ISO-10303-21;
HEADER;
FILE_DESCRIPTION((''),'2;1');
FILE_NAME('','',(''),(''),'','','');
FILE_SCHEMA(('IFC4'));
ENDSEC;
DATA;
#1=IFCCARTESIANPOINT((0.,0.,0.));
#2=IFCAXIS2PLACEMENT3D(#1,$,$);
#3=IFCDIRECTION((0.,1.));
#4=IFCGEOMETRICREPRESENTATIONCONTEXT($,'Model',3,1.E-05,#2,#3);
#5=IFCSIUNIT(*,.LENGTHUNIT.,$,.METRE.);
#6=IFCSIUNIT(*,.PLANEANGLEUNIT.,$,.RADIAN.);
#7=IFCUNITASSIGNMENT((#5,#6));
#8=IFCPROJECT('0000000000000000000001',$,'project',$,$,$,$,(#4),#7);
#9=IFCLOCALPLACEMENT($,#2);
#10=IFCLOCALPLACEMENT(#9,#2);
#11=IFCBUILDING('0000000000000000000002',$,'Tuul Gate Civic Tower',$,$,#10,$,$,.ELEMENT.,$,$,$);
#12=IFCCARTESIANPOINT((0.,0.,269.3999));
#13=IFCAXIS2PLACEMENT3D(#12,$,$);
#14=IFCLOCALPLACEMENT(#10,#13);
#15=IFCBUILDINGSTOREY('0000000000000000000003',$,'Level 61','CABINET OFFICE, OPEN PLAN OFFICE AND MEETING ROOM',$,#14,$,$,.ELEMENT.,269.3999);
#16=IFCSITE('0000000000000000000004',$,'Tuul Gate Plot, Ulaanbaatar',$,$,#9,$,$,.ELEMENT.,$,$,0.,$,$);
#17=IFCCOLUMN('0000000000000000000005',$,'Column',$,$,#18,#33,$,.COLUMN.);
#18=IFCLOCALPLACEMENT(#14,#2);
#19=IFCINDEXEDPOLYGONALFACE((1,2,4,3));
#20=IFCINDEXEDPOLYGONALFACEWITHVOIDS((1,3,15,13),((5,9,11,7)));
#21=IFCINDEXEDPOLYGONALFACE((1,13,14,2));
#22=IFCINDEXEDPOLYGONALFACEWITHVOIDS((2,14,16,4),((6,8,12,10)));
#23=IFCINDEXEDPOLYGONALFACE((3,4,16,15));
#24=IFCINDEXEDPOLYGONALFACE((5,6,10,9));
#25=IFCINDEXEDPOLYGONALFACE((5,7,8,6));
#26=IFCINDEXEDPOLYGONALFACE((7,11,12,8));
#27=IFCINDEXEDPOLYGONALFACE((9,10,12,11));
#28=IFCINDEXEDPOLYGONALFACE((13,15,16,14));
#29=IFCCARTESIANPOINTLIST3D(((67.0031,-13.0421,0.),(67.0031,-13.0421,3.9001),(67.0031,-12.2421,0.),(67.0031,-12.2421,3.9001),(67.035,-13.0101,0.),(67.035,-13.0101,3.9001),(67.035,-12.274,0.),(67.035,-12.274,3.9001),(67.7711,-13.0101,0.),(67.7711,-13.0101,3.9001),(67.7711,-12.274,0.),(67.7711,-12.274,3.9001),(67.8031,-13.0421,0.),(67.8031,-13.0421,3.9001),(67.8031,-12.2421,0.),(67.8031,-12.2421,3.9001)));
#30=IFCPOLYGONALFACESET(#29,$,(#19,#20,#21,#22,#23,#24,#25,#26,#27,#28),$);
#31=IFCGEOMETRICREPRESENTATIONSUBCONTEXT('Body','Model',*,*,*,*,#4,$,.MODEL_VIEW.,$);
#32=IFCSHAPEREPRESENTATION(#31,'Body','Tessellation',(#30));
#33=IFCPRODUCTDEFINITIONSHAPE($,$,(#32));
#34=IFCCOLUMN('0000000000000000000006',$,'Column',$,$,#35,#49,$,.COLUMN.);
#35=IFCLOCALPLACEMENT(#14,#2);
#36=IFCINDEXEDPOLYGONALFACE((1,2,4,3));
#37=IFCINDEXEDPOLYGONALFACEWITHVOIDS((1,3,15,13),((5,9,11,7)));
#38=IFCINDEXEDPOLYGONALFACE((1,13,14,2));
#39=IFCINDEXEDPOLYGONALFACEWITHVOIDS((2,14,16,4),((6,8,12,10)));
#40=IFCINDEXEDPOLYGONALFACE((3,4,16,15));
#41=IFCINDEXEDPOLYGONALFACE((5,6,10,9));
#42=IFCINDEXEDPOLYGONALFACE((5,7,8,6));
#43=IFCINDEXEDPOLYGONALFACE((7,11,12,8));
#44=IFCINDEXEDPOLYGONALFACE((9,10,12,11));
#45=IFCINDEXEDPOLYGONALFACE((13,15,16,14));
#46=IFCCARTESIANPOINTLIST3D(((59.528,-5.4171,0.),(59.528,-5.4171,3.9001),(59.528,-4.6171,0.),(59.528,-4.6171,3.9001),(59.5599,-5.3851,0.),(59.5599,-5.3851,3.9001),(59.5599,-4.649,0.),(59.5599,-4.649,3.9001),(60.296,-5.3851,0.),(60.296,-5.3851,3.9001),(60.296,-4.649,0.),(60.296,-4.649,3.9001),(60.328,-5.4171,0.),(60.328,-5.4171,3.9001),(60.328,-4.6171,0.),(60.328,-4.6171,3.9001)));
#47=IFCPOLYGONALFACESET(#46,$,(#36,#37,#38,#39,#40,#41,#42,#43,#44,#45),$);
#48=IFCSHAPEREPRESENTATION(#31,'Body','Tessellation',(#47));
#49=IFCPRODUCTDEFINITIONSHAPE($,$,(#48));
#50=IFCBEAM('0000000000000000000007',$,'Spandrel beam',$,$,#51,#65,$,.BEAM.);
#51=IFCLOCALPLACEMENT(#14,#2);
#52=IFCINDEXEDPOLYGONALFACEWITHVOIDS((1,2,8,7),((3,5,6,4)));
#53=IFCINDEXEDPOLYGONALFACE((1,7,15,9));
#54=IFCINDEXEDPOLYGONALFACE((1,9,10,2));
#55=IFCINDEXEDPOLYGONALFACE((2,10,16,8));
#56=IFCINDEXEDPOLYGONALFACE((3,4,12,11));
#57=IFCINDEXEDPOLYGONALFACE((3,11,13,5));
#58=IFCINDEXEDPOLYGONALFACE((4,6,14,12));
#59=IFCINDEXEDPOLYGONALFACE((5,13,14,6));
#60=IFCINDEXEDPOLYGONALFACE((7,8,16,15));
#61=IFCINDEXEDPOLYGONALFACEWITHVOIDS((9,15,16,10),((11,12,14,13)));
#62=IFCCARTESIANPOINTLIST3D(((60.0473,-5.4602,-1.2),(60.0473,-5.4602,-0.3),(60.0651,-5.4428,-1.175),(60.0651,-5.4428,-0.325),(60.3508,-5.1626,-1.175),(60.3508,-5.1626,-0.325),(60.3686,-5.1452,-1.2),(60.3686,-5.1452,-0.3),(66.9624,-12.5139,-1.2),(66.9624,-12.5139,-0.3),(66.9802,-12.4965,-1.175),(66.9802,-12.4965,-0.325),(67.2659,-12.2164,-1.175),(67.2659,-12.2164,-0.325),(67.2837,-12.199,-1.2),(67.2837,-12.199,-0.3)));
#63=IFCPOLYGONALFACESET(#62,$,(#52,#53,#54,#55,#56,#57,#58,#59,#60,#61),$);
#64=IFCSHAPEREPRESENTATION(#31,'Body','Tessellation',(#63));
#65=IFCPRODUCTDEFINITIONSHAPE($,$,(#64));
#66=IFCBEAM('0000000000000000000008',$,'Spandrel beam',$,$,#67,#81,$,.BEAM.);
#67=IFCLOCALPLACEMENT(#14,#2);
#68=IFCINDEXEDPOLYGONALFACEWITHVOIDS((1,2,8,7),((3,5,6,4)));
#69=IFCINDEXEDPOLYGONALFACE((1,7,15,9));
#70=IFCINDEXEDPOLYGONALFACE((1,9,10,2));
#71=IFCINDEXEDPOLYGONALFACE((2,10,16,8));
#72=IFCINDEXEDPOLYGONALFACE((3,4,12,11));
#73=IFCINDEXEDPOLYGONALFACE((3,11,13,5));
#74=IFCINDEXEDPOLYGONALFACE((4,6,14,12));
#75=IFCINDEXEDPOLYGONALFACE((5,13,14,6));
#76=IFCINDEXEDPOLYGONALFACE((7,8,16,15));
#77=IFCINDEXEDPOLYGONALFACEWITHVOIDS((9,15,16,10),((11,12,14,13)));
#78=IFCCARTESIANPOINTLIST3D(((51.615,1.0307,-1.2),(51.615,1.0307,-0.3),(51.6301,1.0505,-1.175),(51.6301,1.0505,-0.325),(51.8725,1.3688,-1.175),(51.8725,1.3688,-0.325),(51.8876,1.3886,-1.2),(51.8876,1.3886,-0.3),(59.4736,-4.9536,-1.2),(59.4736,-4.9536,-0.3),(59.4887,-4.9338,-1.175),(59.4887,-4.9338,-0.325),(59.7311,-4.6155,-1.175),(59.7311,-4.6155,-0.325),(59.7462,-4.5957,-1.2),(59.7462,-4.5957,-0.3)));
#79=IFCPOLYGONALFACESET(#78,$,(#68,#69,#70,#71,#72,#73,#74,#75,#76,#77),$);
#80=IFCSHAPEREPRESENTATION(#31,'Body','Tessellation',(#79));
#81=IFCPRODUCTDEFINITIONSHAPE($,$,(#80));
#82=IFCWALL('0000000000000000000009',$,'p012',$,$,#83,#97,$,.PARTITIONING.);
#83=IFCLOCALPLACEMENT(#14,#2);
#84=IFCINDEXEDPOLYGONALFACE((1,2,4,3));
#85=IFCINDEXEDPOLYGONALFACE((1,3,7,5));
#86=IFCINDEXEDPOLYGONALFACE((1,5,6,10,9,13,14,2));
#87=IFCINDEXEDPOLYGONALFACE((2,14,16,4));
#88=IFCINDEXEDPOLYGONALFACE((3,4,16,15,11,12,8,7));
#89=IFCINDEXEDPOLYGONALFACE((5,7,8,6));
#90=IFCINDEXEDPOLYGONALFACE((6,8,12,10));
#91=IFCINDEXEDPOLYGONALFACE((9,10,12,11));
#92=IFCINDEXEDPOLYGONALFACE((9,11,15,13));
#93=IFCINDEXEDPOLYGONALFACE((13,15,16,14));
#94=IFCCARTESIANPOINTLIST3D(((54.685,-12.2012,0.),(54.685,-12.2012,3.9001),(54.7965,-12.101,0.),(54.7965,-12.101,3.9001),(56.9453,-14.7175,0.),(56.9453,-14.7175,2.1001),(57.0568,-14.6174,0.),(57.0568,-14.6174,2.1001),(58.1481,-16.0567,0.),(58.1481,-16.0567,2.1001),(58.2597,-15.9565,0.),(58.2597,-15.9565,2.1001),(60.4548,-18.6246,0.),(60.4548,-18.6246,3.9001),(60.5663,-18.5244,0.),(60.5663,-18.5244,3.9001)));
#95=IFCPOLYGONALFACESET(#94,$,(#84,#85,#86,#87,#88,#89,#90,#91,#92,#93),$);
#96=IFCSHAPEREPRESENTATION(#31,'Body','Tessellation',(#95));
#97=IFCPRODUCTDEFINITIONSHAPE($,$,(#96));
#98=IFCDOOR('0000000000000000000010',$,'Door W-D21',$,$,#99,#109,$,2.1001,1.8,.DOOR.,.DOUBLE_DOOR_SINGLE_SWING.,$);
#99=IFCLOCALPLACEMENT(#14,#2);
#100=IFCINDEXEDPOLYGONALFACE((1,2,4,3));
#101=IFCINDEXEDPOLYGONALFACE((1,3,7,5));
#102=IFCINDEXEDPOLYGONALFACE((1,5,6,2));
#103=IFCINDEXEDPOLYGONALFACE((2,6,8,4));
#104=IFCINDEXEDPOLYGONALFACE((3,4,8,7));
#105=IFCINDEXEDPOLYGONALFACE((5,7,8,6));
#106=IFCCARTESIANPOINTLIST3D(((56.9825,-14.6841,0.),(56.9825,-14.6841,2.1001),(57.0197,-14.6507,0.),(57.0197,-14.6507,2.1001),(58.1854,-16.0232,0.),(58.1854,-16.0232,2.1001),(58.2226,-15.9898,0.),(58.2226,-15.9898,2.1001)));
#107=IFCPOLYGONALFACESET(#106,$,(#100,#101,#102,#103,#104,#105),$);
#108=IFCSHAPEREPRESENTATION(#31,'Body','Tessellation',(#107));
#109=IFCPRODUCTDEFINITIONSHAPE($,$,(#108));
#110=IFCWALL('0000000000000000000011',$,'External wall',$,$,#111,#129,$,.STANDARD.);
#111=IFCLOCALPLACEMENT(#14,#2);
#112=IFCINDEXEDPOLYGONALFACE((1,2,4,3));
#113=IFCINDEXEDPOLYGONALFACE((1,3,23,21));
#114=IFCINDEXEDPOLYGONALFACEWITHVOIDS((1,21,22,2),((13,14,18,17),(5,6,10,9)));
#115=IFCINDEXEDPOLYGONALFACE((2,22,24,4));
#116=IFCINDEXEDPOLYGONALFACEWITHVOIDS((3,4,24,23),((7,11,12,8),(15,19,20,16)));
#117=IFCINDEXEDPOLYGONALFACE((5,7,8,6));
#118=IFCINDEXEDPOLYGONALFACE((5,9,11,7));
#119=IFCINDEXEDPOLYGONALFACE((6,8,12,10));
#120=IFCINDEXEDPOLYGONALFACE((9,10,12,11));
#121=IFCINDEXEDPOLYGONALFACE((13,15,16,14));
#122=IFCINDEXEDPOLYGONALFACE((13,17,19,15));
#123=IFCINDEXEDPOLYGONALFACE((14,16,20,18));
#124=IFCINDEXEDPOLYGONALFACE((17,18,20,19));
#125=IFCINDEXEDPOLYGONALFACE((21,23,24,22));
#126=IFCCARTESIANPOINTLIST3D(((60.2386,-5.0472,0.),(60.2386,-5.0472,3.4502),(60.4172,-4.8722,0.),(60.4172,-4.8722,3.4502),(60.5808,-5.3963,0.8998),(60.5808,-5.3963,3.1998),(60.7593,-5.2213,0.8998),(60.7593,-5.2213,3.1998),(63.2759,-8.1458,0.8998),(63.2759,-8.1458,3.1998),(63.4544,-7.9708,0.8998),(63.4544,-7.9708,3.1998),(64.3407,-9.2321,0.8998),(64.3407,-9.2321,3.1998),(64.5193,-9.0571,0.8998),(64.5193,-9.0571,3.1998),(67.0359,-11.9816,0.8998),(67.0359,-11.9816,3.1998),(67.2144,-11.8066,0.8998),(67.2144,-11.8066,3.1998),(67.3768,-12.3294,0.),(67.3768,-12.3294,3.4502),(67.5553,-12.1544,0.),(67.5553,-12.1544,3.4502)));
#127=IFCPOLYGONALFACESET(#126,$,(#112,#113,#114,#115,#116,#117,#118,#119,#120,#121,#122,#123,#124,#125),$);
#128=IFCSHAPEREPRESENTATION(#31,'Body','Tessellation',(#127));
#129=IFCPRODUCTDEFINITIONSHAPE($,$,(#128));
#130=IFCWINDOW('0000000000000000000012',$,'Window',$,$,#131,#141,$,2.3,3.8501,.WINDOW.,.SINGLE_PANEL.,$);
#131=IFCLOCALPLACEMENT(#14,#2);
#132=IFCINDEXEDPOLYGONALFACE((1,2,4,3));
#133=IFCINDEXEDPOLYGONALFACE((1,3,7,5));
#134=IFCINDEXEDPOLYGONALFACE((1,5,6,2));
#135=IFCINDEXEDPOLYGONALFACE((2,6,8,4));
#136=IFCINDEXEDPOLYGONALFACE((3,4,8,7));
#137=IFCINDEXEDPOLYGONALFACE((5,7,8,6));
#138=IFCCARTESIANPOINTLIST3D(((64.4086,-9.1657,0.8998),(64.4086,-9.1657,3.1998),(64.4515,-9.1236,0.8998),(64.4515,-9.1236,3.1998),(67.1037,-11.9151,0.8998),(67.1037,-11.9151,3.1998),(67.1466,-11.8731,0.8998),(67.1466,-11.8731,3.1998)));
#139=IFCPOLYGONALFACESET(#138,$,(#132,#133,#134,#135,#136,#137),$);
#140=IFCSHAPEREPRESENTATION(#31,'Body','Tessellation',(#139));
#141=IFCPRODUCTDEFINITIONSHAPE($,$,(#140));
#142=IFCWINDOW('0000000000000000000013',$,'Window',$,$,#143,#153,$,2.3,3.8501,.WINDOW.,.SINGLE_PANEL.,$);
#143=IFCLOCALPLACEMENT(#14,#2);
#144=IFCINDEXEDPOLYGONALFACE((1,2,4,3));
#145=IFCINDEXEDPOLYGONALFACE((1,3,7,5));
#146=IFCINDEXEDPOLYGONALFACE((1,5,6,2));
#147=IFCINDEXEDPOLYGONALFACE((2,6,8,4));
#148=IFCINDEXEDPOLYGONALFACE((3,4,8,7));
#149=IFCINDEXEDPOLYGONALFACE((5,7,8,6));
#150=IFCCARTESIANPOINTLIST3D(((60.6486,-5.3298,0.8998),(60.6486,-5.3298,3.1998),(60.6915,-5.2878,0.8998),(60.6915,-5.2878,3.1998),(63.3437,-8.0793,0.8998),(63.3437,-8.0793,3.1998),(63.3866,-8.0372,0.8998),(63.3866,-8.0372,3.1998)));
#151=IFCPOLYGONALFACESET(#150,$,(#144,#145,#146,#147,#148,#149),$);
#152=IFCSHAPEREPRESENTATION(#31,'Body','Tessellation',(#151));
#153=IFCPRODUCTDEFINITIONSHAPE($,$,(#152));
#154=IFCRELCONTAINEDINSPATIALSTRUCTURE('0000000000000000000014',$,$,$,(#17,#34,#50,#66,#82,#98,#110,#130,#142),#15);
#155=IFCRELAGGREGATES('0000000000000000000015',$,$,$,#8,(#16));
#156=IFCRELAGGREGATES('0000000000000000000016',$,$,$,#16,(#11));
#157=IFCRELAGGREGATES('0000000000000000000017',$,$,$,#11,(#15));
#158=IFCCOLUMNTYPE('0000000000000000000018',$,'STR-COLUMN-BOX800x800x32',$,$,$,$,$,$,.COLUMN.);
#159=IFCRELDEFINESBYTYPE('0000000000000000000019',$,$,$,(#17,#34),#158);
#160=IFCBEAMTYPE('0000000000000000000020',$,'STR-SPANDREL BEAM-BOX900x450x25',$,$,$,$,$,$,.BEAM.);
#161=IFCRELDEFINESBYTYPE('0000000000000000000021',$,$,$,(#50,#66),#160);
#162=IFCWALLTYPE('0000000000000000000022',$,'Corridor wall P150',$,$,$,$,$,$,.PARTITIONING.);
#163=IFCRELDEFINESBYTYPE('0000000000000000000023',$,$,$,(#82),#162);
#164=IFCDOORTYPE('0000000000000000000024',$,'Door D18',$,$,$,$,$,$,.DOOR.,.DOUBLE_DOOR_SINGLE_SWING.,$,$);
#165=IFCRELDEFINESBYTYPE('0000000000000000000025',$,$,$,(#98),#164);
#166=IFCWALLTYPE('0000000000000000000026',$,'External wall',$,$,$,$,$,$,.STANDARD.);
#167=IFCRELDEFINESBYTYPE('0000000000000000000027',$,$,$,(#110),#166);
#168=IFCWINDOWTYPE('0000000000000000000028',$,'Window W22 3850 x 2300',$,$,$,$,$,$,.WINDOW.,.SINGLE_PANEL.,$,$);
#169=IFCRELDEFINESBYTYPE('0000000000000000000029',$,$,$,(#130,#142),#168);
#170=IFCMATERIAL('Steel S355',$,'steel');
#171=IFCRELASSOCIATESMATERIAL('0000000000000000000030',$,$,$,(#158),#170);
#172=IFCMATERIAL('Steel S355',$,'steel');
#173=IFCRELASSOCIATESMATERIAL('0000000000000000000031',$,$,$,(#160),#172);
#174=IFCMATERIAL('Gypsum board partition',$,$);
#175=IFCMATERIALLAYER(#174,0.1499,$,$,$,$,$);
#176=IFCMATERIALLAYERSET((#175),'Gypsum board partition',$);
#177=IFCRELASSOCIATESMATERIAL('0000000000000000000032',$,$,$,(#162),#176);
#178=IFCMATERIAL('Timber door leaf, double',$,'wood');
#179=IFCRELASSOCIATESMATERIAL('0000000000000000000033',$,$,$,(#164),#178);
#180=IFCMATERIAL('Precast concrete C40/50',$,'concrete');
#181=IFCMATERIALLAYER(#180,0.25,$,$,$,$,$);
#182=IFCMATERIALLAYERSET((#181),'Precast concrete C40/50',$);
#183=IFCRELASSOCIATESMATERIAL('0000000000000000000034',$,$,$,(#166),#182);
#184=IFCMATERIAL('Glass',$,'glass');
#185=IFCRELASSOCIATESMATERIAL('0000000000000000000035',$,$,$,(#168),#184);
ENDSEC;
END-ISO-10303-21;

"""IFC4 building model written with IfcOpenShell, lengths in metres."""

from ifc_helpers import new_model, si_unit, direction, frame, frame_2d, origin, origin_2d, place, context, subcontext, project, spatial, rectangle, hollow_rectangle, extrude, material, layer, layer_set, material_profile, profile_set, type_object, element, fill, save


model = new_model("IFC4")

# Units and contexts
model_context = context("Model", 3, precision=1e-05, world=origin(), true_north=direction((0.0, 1.0)))
body_context = subcontext(model_context, "Body", "Model", "MODEL_VIEW")
ifc_project = project(units=[si_unit("LENGTHUNIT", "METRE"), si_unit("PLANEANGLEUNIT", "RADIAN")], contexts=[model_context])

# Site, building, storey
site_placement = place(None, origin())
site = spatial("IfcSite", under=ifc_project, at=site_placement, Name="Tuul Gate Plot, Ulaanbaatar", CompositionType="ELEMENT", RefElevation=0.0)
building_placement = place(site_placement, origin())
building = spatial("IfcBuilding", under=site, at=building_placement, Name="Tuul Gate Civic Tower", CompositionType="ELEMENT")
storey_placement = place(building_placement, frame((0.0, 0.0, 269.3999)))
storey = spatial("IfcBuildingStorey", under=building, at=storey_placement, Name="Level 61", Description="CABINET OFFICE, OPEN PLAN OFFICE AND MEETING ROOM", CompositionType="ELEMENT", Elevation=269.3999)

# Columns
ifc_material_1 = material(Name="Steel S355", Category="steel")
ifc_material_profile_1 = material_profile(ifc_material_1, hollow_rectangle(XDim=0.8, YDim=0.8, WallThickness=0.032, at=origin_2d()), Name="BOX800x800x32")
ifc_profile_set_1 = profile_set([ifc_material_profile_1], Name="Steel S355")
column_type = type_object("IfcColumnType", Name="STR-COLUMN-BOX800x800x32", PredefinedType="COLUMN", material=ifc_profile_set_1)
for number, where, z_axis, x_axis, name in (
    (1, (67.4031, -12.6421, 0.0), (0.0, 0.0, 1.0), (1.0, 0.0, 0.0), "Column"),
    (2, (59.928, -5.0171, 0.0), (0.0, 0.0, 1.0), (1.0, 0.0, 0.0), "Column"),
):
    element("IfcColumn", number, at=place(storey_placement, frame(where, z_axis=z_axis, x_axis=x_axis)), inside=storey, type_object=column_type, Name=name, PredefinedType="COLUMN", context=body_context, shape_type="SweptSolid", body=[
        extrude(hollow_rectangle(XDim=0.8, YDim=0.8, WallThickness=0.032, at=origin_2d()), origin(), (0.0, 0.0, 1.0), 3.9001),
    ])

# Beams
ifc_material_2 = material(Name="Steel S355", Category="steel")
ifc_material_profile_2 = material_profile(ifc_material_2, hollow_rectangle(XDim=0.45, YDim=0.8999, WallThickness=0.0249, at=origin_2d()), Name="BOX900x450x25")
ifc_profile_set_2 = profile_set([ifc_material_profile_2], Name="Steel S355")
beam_type = type_object("IfcBeamType", Name="STR-SPANDREL BEAM-BOX900x450x25", PredefinedType="BEAM", material=ifc_profile_set_2)
beam_1_placement = place(storey_placement, frame((67.123, -12.3564, -0.75), z_axis=(-0.700053, 0.714091, 0.0), x_axis=(-0.714091, -0.700053, 0.0)))
element("IfcBeam", 3, at=beam_1_placement, inside=storey, type_object=beam_type, Name="Spandrel beam", PredefinedType="BEAM", context=body_context, shape_type="SweptSolid", body=[
    extrude(hollow_rectangle(XDim=0.45, YDim=0.8999, WallThickness=0.0249, at=origin_2d()), origin(), (0.0, 0.0, 1.0), 9.8779),
])
beam_2_placement = place(storey_placement, frame((59.6099, -4.7747, -0.75), z_axis=(-0.795586, 0.605841, 0.0), x_axis=(-0.605841, -0.795586, 0.0)))
element("IfcBeam", 4, at=beam_2_placement, inside=storey, type_object=beam_type, Name="Spandrel beam", PredefinedType="BEAM", context=body_context, shape_type="SweptSolid", body=[
    extrude(hollow_rectangle(XDim=0.45, YDim=0.8999, WallThickness=0.0249, at=origin_2d()), origin(), (0.0, 0.0, 1.0), 9.8777),
])

# Wall, opening, door
ifc_material_3 = material(Name="Gypsum board partition")
ifc_layer_1 = layer(ifc_material_3, 0.1499)
ifc_layer_set_1 = layer_set([ifc_layer_1], Name="Gypsum board partition")
wall_type_1 = type_object("IfcWallType", Name="Corridor wall P150", PredefinedType="PARTITIONING", material=ifc_layer_set_1)
wall_1_placement = place(storey_placement, frame((54.7407, -12.1511, 0.0), z_axis=(0.0, 0.0, 1.0), x_axis=(0.668246, -0.743941, 0.0)))
wall_1 = element("IfcWall", 5, at=wall_1_placement, inside=storey, type_object=wall_type_1, Name="p012", PredefinedType="PARTITIONING", context=body_context, shape_type="SweptSolid", body=[
    extrude(rectangle(XDim=8.6343, YDim=0.1499, at=frame_2d((4.3171, 0.0))), origin(), (0.0, 0.0, 1.0), 3.9001),
])
opening_1_placement = place(wall_1_placement, frame((3.3826, 0.0, 0.0)))
opening_1 = element("IfcOpeningElement", 6, at=opening_1_placement, cuts=wall_1, PredefinedType="OPENING", context=body_context, shape_type="SweptSolid", body=[
    extrude(rectangle(XDim=1.8, YDim=2.1001, at=frame_2d((0.8999, 1.05))), frame((0.0, 0.085, 0.0), z_axis=(0.0, -1.0, 0.0), x_axis=(1.0, 0.0, 0.0)), (0.0, 0.0, 1.0), 0.1699),
])
ifc_material_4 = material(Name="Timber door leaf, double", Category="wood")
door_type = type_object("IfcDoorType", Name="Door D18", OperationType="DOUBLE_DOOR_SINGLE_SWING", PredefinedType="DOOR", material=ifc_material_4)
door_placement = place(opening_1_placement, frame((1.8, 0.0, 0.0), z_axis=(0.0, 0.0, 1.0), x_axis=(-1.0, 0.0, 0.0)))
door = element("IfcDoor", 7, at=door_placement, inside=storey, type_object=door_type, Name="Door W-D21", OperationType="DOUBLE_DOOR_SINGLE_SWING", OverallHeight=2.1001, OverallWidth=1.8, PredefinedType="DOOR", context=body_context, shape_type="SweptSolid", body=[
    extrude(rectangle(XDim=1.8, YDim=2.1001, at=frame_2d((0.9001, 1.05))), frame((0.0, 0.0249, 0.0), z_axis=(0.0, -1.0, 0.0), x_axis=(1.0, 0.0, 0.0)), (0.0, 0.0, 1.0), 0.05),
])
fill(opening_1, door)

# Wall, openings, windows
ifc_material_5 = material(Name="Precast concrete C40/50", Category="concrete")
ifc_layer_2 = layer(ifc_material_5, 0.25)
ifc_layer_set_2 = layer_set([ifc_layer_2], Name="Precast concrete C40/50")
wall_type_2 = type_object("IfcWallType", Name="External wall", PredefinedType="STANDARD", material=ifc_layer_set_2)
wall_2_placement = place(storey_placement, frame((67.4661, -12.2419, 0.0), z_axis=(0.0, 0.0, 1.0), x_axis=(-0.700009, 0.714134, 0.0)))
wall_2 = element("IfcWall", 8, at=wall_2_placement, inside=storey, type_object=wall_type_2, Name="External wall", PredefinedType="STANDARD", context=body_context, shape_type="SweptSolid", body=[
    extrude(rectangle(XDim=10.1973, YDim=0.25, at=frame_2d((5.0986, 0.0))), origin(), (0.0, 0.0, 1.0), 3.4502),
])
opening_2_placement = place(wall_2_placement, frame((0.4871, 0.0, 0.8999)))
opening_2 = element("IfcOpeningElement", 9, at=opening_2_placement, cuts=wall_2, PredefinedType="OPENING", context=body_context, shape_type="SweptSolid", body=[
    extrude(rectangle(XDim=3.8501, YDim=2.3, at=frame_2d((1.925, 1.1499))), frame((0.0, 0.135, 0.0), z_axis=(0.0, -1.0, 0.0), x_axis=(1.0, 0.0, 0.0)), (0.0, 0.0, 1.0), 0.27),
])
opening_3_placement = place(wall_2_placement, frame((5.8584, 0.0, 0.8999)))
opening_3 = element("IfcOpeningElement", 10, at=opening_3_placement, cuts=wall_2, PredefinedType="OPENING", context=body_context, shape_type="SweptSolid", body=[
    extrude(rectangle(XDim=3.8501, YDim=2.3, at=frame_2d((1.925, 1.1499))), frame((0.0, 0.135, 0.0), z_axis=(0.0, -1.0, 0.0), x_axis=(1.0, 0.0, 0.0)), (0.0, 0.0, 1.0), 0.27),
])
ifc_material_6 = material(Name="Glass", Category="glass")
window_type = type_object("IfcWindowType", Name="Window W22 3850 x 2300", PartitioningType="SINGLE_PANEL", PredefinedType="WINDOW", material=ifc_material_6)
window_1_placement = place(opening_2_placement, origin())
window_1 = element("IfcWindow", 11, at=window_1_placement, inside=storey, type_object=window_type, Name="Window", OverallHeight=2.3, OverallWidth=3.8501, PartitioningType="SINGLE_PANEL", PredefinedType="WINDOW", context=body_context, shape_type="SweptSolid", body=[
    extrude(rectangle(XDim=3.8501, YDim=2.3, at=frame_2d((1.925, 1.1499))), frame((0.0, 0.03, 0.0), z_axis=(0.0, -1.0, 0.0), x_axis=(1.0, 0.0, 0.0)), (0.0, 0.0, 1.0), 0.0601),
])
fill(opening_2, window_1)
window_2_placement = place(opening_3_placement, origin())
window_2 = element("IfcWindow", 12, at=window_2_placement, inside=storey, type_object=window_type, Name="Window", OverallHeight=2.3, OverallWidth=3.8501, PartitioningType="SINGLE_PANEL", PredefinedType="WINDOW", context=body_context, shape_type="SweptSolid", body=[
    extrude(rectangle(XDim=3.8501, YDim=2.3, at=frame_2d((1.925, 1.1499))), frame((0.0, 0.03, 0.0), z_axis=(0.0, -1.0, 0.0), x_axis=(1.0, 0.0, 0.0)), (0.0, 0.0, 1.0), 0.0601),
])
fill(opening_3, window_2)

save(model, "model.ifc")
